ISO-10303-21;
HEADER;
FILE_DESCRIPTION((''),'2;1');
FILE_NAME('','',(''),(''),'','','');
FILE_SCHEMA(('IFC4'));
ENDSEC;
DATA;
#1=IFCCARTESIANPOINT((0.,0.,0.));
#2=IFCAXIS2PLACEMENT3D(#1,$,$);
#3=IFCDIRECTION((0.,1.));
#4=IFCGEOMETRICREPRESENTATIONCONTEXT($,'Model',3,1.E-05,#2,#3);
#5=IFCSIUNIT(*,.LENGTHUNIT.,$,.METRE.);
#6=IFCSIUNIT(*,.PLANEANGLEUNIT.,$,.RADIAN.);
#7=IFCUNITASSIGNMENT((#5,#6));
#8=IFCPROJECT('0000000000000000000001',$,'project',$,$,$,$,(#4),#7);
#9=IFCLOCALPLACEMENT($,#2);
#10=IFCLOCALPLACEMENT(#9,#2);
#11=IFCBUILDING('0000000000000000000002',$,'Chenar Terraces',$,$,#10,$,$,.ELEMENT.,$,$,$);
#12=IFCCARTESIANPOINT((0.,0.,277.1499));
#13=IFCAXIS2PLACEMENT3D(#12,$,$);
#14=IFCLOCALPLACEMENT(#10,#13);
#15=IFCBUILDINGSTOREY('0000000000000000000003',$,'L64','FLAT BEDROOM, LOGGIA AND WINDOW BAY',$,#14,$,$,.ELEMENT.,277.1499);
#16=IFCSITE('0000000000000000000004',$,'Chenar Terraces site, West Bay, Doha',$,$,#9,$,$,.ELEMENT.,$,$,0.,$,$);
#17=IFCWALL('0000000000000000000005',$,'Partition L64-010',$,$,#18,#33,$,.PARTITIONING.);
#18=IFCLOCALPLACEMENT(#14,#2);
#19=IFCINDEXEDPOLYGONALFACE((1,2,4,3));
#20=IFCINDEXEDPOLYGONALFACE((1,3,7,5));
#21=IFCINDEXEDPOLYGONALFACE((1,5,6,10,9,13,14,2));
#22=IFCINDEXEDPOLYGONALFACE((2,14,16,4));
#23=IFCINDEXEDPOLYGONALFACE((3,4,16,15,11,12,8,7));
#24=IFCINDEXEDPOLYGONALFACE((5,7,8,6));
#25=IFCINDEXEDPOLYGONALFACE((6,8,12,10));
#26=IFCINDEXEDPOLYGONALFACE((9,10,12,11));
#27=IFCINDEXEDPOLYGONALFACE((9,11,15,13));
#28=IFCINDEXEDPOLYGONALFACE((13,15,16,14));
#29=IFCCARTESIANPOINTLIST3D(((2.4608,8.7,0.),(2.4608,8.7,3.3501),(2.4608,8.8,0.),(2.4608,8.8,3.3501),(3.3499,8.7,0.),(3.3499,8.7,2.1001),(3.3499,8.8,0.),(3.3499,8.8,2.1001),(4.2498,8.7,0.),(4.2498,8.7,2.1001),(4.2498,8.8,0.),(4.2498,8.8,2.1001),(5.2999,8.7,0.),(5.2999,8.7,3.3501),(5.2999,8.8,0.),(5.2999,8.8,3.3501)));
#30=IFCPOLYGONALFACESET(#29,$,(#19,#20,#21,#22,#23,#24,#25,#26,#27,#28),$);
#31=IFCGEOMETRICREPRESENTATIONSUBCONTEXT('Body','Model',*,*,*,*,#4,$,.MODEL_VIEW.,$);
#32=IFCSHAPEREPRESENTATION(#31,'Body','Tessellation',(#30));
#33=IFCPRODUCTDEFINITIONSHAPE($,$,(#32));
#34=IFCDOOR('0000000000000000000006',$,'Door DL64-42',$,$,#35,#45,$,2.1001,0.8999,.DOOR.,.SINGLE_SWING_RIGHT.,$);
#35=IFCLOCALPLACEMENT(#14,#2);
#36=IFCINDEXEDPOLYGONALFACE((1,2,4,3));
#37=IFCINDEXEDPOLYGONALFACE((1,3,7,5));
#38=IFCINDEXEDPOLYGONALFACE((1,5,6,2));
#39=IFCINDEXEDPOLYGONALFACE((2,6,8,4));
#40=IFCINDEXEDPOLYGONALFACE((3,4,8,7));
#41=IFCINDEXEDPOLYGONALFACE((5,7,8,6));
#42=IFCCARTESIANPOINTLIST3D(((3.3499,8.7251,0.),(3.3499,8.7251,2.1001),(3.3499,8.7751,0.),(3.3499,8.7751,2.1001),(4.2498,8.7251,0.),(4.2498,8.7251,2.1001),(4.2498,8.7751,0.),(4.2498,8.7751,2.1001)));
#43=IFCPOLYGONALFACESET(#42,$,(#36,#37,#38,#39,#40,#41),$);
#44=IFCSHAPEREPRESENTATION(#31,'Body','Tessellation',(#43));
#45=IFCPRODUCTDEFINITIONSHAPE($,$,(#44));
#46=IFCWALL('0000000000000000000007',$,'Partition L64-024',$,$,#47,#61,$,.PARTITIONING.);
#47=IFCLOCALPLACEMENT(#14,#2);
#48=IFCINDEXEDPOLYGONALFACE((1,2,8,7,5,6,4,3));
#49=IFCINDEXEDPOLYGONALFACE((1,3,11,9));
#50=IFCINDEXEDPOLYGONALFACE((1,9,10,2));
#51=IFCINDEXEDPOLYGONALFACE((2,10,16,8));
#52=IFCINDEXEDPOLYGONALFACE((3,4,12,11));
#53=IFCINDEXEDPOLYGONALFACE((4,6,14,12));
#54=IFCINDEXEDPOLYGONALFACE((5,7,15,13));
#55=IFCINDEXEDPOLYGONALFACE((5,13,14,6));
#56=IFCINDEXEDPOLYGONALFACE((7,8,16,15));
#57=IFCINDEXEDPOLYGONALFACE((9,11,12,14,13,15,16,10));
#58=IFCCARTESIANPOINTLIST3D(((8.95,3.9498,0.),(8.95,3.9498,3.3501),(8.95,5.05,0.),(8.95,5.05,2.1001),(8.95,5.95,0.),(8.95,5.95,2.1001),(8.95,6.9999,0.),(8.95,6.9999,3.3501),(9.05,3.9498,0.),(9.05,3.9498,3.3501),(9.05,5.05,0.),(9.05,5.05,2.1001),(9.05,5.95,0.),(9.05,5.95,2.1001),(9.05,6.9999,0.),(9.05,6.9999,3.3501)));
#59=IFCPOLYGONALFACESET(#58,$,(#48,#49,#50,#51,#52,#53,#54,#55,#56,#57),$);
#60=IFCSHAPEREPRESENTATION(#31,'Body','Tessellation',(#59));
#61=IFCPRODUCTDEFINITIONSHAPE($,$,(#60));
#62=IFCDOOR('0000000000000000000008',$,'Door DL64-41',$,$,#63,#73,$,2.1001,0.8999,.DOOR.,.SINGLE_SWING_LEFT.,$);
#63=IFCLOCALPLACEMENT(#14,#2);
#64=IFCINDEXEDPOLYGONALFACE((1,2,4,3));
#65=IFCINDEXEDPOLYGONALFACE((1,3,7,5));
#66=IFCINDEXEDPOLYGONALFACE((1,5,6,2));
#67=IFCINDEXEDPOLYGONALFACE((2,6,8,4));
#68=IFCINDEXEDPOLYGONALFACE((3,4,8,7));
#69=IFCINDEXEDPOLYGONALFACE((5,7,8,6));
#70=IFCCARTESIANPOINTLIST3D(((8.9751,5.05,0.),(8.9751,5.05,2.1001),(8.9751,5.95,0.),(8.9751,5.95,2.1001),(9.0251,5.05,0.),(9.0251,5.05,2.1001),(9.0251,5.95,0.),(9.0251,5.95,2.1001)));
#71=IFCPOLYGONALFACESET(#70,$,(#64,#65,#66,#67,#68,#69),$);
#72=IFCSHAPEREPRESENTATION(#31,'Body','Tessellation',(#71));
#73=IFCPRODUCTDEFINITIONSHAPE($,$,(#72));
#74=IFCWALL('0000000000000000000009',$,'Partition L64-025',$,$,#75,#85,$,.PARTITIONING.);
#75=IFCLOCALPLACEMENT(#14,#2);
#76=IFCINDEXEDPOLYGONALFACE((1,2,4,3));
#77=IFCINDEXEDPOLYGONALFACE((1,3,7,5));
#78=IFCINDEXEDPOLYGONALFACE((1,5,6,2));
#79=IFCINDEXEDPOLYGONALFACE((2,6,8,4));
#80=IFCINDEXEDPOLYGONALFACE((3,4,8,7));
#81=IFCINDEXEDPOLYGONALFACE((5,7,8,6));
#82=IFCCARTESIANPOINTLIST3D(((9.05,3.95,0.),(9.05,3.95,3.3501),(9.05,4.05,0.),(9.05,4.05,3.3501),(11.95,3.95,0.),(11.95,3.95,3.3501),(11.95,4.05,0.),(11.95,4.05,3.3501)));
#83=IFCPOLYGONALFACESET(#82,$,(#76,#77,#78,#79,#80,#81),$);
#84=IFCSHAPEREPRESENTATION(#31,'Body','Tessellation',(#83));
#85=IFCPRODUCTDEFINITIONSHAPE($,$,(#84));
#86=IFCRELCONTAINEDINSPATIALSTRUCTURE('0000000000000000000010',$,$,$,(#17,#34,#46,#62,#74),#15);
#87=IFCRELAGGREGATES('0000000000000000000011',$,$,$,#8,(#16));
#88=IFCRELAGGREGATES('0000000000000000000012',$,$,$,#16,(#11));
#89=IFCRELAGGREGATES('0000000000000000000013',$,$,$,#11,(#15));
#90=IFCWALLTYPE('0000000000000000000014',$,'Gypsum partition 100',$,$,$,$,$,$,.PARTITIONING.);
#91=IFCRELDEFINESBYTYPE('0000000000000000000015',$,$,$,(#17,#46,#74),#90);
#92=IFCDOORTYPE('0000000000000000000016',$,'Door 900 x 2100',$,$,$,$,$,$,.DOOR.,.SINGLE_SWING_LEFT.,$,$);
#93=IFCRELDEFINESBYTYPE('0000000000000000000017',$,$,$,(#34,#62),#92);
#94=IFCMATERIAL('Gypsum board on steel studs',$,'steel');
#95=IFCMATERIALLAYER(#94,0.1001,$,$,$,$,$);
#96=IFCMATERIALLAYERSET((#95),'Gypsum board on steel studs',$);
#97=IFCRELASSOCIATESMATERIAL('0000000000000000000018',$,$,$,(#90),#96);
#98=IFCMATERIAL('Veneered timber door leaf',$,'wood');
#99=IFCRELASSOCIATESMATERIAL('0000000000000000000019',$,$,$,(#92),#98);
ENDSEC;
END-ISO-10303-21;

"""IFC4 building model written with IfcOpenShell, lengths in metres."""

from ifc_helpers import new_model, si_unit, direction, frame, frame_2d, origin, place, context, subcontext, project, spatial, rectangle, extrude, material, layer, layer_set, type_object, element, fill, save


model = new_model("IFC4")

# Units and contexts
model_context = context("Model", 3, precision=1e-05, world=origin(), true_north=direction((0.0, 1.0)))
body_context = subcontext(model_context, "Body", "Model", "MODEL_VIEW")
ifc_project = project(units=[si_unit("LENGTHUNIT", "METRE"), si_unit("PLANEANGLEUNIT", "RADIAN")], contexts=[model_context])

# Site, building, storey
site_placement = place(None, origin())
site = spatial("IfcSite", under=ifc_project, at=site_placement, Name="Chenar Terraces site, West Bay, Doha", CompositionType="ELEMENT", RefElevation=0.0)
building_placement = place(site_placement, origin())
building = spatial("IfcBuilding", under=site, at=building_placement, Name="Chenar Terraces", CompositionType="ELEMENT")
storey_placement = place(building_placement, frame((0.0, 0.0, 277.1499)))
storey = spatial("IfcBuildingStorey", under=building, at=storey_placement, Name="L64", Description="FLAT BEDROOM, LOGGIA AND WINDOW BAY", CompositionType="ELEMENT", Elevation=277.1499)

# Walls, openings, doors
ifc_material_1 = material(Name="Gypsum board on steel studs", Category="steel")
ifc_layer_1 = layer(ifc_material_1, 0.1001)
ifc_layer_set_1 = layer_set([ifc_layer_1], Name="Gypsum board on steel studs")
wall_type_1 = type_object("IfcWallType", Name="Gypsum partition 100", PredefinedType="PARTITIONING", material=ifc_layer_set_1)
wall_1_placement = place(storey_placement, frame((2.4609, 8.75, 0.0), z_axis=(0.0, 0.0, 1.0), x_axis=(1.0, 0.0, 0.0)))
wall_1 = element("IfcWall", 1, at=wall_1_placement, inside=storey, type_object=wall_type_1, Name="Partition L64-010", PredefinedType="PARTITIONING", context=body_context, shape_type="SweptSolid", body=[
    extrude(rectangle(XDim=2.8391, YDim=0.1001, at=frame_2d((1.4194, 0.0))), origin(), (0.0, 0.0, 1.0), 3.3501),
])
opening_1_placement = place(wall_1_placement, frame((0.8889, 0.0, 0.0)))
opening_1 = element("IfcOpeningElement", 2, at=opening_1_placement, cuts=wall_1, PredefinedType="OPENING", context=body_context, shape_type="SweptSolid", body=[
    extrude(rectangle(XDim=0.8999, YDim=2.1001, at=frame_2d((0.45, 1.05))), frame((0.0, 0.0601, 0.0), z_axis=(0.0, -1.0, 0.0), x_axis=(1.0, 0.0, 0.0)), (0.0, 0.0, 1.0), 0.1201),
])
ifc_material_2 = material(Name="Veneered timber door leaf", Category="wood")
door_type_1 = type_object("IfcDoorType", Name="Door 900 x 2100", OperationType="SINGLE_SWING_LEFT", PredefinedType="DOOR", material=ifc_material_2)
door_1_placement = place(opening_1_placement, frame((0.8999, 0.0, 0.0), z_axis=(0.0, 0.0, 1.0), x_axis=(-1.0, 0.0, 0.0)))
door_1 = element("IfcDoor", 3, at=door_1_placement, inside=storey, type_object=door_type_1, Name="Door DL64-42", OperationType="SINGLE_SWING_RIGHT", OverallHeight=2.1001, OverallWidth=0.8999, PredefinedType="DOOR", context=body_context, shape_type="SweptSolid", body=[
    extrude(rectangle(XDim=0.8999, YDim=2.1001, at=frame_2d((0.45, 1.05))), frame((0.0, 0.0249, 0.0), z_axis=(0.0, -1.0, 0.0), x_axis=(1.0, 0.0, 0.0)), (0.0, 0.0, 1.0), 0.05),
])
fill(opening_1, door_1)
wall_2_placement = place(storey_placement, frame((9.0, 3.95, 0.0), z_axis=(0.0, 0.0, 1.0), x_axis=(0.0, 1.0, 0.0)))
wall_2 = element("IfcWall", 4, at=wall_2_placement, inside=storey, type_object=wall_type_1, Name="Partition L64-024", PredefinedType="PARTITIONING", context=body_context, shape_type="SweptSolid", body=[
    extrude(rectangle(XDim=3.05, YDim=0.1001, at=frame_2d((1.5249, 0.0))), origin(), (0.0, 0.0, 1.0), 3.3501),
])
opening_2_placement = place(wall_2_placement, frame((1.1001, 0.0, 0.0)))
opening_2 = element("IfcOpeningElement", 5, at=opening_2_placement, cuts=wall_2, PredefinedType="OPENING", context=body_context, shape_type="SweptSolid", body=[
    extrude(rectangle(XDim=0.8999, YDim=2.1001, at=frame_2d((0.45, 1.05))), frame((0.0, 0.0601, 0.0), z_axis=(0.0, -1.0, 0.0), x_axis=(1.0, 0.0, 0.0)), (0.0, 0.0, 1.0), 0.1201),
])
door_2_placement = place(opening_2_placement, origin())
door_2 = element("IfcDoor", 6, at=door_2_placement, inside=storey, type_object=door_type_1, Name="Door DL64-41", OperationType="SINGLE_SWING_LEFT", OverallHeight=2.1001, OverallWidth=0.8999, PredefinedType="DOOR", context=body_context, shape_type="SweptSolid", body=[
    extrude(rectangle(XDim=0.8999, YDim=2.1001, at=frame_2d((0.45, 1.05))), frame((0.0, 0.0249, 0.0), z_axis=(0.0, -1.0, 0.0), x_axis=(1.0, 0.0, 0.0)), (0.0, 0.0, 1.0), 0.05),
])
fill(opening_2, door_2)

# Wall
wall_3_placement = place(storey_placement, frame((9.05, 4.0, 0.0), z_axis=(0.0, 0.0, 1.0), x_axis=(1.0, 0.0, 0.0)))
element("IfcWall", 7, at=wall_3_placement, inside=storey, type_object=wall_type_1, Name="Partition L64-025", PredefinedType="PARTITIONING", context=body_context, shape_type="SweptSolid", body=[
    extrude(rectangle(XDim=2.8999, YDim=0.1001, at=frame_2d((1.45, 0.0))), origin(), (0.0, 0.0, 1.0), 3.3501),
])

save(model, "model.ifc")
